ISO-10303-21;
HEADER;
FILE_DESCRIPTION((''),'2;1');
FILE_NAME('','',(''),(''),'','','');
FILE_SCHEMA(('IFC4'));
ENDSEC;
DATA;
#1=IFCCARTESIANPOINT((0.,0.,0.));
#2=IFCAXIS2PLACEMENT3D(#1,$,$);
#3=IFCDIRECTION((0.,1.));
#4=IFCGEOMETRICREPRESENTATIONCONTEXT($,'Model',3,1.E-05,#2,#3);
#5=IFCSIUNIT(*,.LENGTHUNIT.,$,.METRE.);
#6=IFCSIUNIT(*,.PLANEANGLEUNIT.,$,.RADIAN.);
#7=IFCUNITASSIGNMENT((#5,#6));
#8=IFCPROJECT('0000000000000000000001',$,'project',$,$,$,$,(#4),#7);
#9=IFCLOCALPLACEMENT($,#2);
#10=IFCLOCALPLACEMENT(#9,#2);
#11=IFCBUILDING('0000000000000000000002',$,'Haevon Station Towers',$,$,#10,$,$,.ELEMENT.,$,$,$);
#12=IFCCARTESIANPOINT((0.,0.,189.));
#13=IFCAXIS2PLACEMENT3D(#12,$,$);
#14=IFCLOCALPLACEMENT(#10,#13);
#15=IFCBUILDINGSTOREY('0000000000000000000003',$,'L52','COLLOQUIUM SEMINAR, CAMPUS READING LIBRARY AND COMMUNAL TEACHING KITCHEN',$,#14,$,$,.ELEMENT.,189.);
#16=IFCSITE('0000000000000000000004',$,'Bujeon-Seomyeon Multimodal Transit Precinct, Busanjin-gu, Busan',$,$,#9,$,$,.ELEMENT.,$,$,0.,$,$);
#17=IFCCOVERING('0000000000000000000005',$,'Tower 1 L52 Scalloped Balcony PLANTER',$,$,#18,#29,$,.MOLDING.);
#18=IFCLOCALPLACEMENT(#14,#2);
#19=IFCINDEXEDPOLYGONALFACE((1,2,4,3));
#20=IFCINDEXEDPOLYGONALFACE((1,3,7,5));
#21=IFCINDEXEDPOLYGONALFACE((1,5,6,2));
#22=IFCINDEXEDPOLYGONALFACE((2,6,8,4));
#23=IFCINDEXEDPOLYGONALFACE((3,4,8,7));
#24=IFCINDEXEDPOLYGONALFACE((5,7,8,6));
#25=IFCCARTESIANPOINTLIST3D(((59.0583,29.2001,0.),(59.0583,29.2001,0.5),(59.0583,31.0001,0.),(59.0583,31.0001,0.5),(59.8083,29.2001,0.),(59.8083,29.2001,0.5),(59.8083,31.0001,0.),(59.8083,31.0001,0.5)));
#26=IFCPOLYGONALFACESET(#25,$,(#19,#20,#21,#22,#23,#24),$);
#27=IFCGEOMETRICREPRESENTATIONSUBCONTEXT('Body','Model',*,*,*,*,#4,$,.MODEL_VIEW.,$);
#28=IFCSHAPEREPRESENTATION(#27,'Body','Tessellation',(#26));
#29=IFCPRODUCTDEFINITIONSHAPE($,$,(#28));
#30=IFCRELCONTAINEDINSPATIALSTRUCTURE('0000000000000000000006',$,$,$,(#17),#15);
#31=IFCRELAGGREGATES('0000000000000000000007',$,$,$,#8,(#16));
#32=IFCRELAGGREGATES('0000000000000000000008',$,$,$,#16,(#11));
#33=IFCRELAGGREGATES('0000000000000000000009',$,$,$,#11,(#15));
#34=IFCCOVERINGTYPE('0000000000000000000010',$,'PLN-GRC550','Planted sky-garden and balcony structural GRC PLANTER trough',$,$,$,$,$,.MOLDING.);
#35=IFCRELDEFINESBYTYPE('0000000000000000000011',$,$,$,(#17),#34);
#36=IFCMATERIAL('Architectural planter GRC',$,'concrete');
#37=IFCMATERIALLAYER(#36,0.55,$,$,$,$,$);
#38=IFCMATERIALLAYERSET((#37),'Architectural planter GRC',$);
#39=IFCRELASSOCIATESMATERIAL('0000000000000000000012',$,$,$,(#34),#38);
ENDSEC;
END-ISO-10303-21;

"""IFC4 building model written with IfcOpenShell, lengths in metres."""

from ifc_helpers import new_model, si_unit, direction, frame, origin, origin_2d, place, context, subcontext, project, spatial, rectangle, extrude, material, layer, layer_set, type_object, element, save


model = new_model("IFC4")

# Units and contexts
model_context = context("Model", 3, precision=1e-05, world=origin(), true_north=direction((0.0, 1.0)))
body_context = subcontext(model_context, "Body", "Model", "MODEL_VIEW")
ifc_project = project(units=[si_unit("LENGTHUNIT", "METRE"), si_unit("PLANEANGLEUNIT", "RADIAN")], contexts=[model_context])

# Site, building, storey
site_placement = place(None, origin())
site = spatial("IfcSite", under=ifc_project, at=site_placement, Name="Bujeon-Seomyeon Multimodal Transit Precinct, Busanjin-gu, Busan", CompositionType="ELEMENT", RefElevation=0.0)
building_placement = place(site_placement, origin())
building = spatial("IfcBuilding", under=site, at=building_placement, Name="Haevon Station Towers", CompositionType="ELEMENT")
storey_placement = place(building_placement, frame((0.0, 0.0, 189.0)))
storey = spatial("IfcBuildingStorey", under=building, at=storey_placement, Name="L52", Description="COLLOQUIUM SEMINAR, CAMPUS READING LIBRARY AND COMMUNAL TEACHING KITCHEN", CompositionType="ELEMENT", Elevation=189.0)

# Covering
ifc_material_1 = material(Name="Architectural planter GRC", Category="concrete")
ifc_layer_1 = layer(ifc_material_1, 0.55)
ifc_layer_set_1 = layer_set([ifc_layer_1], Name="Architectural planter GRC")
covering_type = type_object("IfcCoveringType", Name="PLN-GRC550", Description="Planted sky-garden and balcony structural GRC PLANTER trough", PredefinedType="MOLDING", material=ifc_layer_set_1)
covering_placement = place(storey_placement, frame((59.4333, 30.1001, 0.0), z_axis=(0.0, 0.0, 1.0), x_axis=(1.0, 0.0, 0.0)))
element("IfcCovering", 1, at=covering_placement, inside=storey, type_object=covering_type, Name="Tower 1 L52 Scalloped Balcony PLANTER", PredefinedType="MOLDING", context=body_context, shape_type="SweptSolid", body=[
    extrude(rectangle(XDim=0.75, YDim=1.8, at=origin_2d()), origin(), (0.0, 0.0, 1.0), 0.5),
])

save(model, "model.ifc")
